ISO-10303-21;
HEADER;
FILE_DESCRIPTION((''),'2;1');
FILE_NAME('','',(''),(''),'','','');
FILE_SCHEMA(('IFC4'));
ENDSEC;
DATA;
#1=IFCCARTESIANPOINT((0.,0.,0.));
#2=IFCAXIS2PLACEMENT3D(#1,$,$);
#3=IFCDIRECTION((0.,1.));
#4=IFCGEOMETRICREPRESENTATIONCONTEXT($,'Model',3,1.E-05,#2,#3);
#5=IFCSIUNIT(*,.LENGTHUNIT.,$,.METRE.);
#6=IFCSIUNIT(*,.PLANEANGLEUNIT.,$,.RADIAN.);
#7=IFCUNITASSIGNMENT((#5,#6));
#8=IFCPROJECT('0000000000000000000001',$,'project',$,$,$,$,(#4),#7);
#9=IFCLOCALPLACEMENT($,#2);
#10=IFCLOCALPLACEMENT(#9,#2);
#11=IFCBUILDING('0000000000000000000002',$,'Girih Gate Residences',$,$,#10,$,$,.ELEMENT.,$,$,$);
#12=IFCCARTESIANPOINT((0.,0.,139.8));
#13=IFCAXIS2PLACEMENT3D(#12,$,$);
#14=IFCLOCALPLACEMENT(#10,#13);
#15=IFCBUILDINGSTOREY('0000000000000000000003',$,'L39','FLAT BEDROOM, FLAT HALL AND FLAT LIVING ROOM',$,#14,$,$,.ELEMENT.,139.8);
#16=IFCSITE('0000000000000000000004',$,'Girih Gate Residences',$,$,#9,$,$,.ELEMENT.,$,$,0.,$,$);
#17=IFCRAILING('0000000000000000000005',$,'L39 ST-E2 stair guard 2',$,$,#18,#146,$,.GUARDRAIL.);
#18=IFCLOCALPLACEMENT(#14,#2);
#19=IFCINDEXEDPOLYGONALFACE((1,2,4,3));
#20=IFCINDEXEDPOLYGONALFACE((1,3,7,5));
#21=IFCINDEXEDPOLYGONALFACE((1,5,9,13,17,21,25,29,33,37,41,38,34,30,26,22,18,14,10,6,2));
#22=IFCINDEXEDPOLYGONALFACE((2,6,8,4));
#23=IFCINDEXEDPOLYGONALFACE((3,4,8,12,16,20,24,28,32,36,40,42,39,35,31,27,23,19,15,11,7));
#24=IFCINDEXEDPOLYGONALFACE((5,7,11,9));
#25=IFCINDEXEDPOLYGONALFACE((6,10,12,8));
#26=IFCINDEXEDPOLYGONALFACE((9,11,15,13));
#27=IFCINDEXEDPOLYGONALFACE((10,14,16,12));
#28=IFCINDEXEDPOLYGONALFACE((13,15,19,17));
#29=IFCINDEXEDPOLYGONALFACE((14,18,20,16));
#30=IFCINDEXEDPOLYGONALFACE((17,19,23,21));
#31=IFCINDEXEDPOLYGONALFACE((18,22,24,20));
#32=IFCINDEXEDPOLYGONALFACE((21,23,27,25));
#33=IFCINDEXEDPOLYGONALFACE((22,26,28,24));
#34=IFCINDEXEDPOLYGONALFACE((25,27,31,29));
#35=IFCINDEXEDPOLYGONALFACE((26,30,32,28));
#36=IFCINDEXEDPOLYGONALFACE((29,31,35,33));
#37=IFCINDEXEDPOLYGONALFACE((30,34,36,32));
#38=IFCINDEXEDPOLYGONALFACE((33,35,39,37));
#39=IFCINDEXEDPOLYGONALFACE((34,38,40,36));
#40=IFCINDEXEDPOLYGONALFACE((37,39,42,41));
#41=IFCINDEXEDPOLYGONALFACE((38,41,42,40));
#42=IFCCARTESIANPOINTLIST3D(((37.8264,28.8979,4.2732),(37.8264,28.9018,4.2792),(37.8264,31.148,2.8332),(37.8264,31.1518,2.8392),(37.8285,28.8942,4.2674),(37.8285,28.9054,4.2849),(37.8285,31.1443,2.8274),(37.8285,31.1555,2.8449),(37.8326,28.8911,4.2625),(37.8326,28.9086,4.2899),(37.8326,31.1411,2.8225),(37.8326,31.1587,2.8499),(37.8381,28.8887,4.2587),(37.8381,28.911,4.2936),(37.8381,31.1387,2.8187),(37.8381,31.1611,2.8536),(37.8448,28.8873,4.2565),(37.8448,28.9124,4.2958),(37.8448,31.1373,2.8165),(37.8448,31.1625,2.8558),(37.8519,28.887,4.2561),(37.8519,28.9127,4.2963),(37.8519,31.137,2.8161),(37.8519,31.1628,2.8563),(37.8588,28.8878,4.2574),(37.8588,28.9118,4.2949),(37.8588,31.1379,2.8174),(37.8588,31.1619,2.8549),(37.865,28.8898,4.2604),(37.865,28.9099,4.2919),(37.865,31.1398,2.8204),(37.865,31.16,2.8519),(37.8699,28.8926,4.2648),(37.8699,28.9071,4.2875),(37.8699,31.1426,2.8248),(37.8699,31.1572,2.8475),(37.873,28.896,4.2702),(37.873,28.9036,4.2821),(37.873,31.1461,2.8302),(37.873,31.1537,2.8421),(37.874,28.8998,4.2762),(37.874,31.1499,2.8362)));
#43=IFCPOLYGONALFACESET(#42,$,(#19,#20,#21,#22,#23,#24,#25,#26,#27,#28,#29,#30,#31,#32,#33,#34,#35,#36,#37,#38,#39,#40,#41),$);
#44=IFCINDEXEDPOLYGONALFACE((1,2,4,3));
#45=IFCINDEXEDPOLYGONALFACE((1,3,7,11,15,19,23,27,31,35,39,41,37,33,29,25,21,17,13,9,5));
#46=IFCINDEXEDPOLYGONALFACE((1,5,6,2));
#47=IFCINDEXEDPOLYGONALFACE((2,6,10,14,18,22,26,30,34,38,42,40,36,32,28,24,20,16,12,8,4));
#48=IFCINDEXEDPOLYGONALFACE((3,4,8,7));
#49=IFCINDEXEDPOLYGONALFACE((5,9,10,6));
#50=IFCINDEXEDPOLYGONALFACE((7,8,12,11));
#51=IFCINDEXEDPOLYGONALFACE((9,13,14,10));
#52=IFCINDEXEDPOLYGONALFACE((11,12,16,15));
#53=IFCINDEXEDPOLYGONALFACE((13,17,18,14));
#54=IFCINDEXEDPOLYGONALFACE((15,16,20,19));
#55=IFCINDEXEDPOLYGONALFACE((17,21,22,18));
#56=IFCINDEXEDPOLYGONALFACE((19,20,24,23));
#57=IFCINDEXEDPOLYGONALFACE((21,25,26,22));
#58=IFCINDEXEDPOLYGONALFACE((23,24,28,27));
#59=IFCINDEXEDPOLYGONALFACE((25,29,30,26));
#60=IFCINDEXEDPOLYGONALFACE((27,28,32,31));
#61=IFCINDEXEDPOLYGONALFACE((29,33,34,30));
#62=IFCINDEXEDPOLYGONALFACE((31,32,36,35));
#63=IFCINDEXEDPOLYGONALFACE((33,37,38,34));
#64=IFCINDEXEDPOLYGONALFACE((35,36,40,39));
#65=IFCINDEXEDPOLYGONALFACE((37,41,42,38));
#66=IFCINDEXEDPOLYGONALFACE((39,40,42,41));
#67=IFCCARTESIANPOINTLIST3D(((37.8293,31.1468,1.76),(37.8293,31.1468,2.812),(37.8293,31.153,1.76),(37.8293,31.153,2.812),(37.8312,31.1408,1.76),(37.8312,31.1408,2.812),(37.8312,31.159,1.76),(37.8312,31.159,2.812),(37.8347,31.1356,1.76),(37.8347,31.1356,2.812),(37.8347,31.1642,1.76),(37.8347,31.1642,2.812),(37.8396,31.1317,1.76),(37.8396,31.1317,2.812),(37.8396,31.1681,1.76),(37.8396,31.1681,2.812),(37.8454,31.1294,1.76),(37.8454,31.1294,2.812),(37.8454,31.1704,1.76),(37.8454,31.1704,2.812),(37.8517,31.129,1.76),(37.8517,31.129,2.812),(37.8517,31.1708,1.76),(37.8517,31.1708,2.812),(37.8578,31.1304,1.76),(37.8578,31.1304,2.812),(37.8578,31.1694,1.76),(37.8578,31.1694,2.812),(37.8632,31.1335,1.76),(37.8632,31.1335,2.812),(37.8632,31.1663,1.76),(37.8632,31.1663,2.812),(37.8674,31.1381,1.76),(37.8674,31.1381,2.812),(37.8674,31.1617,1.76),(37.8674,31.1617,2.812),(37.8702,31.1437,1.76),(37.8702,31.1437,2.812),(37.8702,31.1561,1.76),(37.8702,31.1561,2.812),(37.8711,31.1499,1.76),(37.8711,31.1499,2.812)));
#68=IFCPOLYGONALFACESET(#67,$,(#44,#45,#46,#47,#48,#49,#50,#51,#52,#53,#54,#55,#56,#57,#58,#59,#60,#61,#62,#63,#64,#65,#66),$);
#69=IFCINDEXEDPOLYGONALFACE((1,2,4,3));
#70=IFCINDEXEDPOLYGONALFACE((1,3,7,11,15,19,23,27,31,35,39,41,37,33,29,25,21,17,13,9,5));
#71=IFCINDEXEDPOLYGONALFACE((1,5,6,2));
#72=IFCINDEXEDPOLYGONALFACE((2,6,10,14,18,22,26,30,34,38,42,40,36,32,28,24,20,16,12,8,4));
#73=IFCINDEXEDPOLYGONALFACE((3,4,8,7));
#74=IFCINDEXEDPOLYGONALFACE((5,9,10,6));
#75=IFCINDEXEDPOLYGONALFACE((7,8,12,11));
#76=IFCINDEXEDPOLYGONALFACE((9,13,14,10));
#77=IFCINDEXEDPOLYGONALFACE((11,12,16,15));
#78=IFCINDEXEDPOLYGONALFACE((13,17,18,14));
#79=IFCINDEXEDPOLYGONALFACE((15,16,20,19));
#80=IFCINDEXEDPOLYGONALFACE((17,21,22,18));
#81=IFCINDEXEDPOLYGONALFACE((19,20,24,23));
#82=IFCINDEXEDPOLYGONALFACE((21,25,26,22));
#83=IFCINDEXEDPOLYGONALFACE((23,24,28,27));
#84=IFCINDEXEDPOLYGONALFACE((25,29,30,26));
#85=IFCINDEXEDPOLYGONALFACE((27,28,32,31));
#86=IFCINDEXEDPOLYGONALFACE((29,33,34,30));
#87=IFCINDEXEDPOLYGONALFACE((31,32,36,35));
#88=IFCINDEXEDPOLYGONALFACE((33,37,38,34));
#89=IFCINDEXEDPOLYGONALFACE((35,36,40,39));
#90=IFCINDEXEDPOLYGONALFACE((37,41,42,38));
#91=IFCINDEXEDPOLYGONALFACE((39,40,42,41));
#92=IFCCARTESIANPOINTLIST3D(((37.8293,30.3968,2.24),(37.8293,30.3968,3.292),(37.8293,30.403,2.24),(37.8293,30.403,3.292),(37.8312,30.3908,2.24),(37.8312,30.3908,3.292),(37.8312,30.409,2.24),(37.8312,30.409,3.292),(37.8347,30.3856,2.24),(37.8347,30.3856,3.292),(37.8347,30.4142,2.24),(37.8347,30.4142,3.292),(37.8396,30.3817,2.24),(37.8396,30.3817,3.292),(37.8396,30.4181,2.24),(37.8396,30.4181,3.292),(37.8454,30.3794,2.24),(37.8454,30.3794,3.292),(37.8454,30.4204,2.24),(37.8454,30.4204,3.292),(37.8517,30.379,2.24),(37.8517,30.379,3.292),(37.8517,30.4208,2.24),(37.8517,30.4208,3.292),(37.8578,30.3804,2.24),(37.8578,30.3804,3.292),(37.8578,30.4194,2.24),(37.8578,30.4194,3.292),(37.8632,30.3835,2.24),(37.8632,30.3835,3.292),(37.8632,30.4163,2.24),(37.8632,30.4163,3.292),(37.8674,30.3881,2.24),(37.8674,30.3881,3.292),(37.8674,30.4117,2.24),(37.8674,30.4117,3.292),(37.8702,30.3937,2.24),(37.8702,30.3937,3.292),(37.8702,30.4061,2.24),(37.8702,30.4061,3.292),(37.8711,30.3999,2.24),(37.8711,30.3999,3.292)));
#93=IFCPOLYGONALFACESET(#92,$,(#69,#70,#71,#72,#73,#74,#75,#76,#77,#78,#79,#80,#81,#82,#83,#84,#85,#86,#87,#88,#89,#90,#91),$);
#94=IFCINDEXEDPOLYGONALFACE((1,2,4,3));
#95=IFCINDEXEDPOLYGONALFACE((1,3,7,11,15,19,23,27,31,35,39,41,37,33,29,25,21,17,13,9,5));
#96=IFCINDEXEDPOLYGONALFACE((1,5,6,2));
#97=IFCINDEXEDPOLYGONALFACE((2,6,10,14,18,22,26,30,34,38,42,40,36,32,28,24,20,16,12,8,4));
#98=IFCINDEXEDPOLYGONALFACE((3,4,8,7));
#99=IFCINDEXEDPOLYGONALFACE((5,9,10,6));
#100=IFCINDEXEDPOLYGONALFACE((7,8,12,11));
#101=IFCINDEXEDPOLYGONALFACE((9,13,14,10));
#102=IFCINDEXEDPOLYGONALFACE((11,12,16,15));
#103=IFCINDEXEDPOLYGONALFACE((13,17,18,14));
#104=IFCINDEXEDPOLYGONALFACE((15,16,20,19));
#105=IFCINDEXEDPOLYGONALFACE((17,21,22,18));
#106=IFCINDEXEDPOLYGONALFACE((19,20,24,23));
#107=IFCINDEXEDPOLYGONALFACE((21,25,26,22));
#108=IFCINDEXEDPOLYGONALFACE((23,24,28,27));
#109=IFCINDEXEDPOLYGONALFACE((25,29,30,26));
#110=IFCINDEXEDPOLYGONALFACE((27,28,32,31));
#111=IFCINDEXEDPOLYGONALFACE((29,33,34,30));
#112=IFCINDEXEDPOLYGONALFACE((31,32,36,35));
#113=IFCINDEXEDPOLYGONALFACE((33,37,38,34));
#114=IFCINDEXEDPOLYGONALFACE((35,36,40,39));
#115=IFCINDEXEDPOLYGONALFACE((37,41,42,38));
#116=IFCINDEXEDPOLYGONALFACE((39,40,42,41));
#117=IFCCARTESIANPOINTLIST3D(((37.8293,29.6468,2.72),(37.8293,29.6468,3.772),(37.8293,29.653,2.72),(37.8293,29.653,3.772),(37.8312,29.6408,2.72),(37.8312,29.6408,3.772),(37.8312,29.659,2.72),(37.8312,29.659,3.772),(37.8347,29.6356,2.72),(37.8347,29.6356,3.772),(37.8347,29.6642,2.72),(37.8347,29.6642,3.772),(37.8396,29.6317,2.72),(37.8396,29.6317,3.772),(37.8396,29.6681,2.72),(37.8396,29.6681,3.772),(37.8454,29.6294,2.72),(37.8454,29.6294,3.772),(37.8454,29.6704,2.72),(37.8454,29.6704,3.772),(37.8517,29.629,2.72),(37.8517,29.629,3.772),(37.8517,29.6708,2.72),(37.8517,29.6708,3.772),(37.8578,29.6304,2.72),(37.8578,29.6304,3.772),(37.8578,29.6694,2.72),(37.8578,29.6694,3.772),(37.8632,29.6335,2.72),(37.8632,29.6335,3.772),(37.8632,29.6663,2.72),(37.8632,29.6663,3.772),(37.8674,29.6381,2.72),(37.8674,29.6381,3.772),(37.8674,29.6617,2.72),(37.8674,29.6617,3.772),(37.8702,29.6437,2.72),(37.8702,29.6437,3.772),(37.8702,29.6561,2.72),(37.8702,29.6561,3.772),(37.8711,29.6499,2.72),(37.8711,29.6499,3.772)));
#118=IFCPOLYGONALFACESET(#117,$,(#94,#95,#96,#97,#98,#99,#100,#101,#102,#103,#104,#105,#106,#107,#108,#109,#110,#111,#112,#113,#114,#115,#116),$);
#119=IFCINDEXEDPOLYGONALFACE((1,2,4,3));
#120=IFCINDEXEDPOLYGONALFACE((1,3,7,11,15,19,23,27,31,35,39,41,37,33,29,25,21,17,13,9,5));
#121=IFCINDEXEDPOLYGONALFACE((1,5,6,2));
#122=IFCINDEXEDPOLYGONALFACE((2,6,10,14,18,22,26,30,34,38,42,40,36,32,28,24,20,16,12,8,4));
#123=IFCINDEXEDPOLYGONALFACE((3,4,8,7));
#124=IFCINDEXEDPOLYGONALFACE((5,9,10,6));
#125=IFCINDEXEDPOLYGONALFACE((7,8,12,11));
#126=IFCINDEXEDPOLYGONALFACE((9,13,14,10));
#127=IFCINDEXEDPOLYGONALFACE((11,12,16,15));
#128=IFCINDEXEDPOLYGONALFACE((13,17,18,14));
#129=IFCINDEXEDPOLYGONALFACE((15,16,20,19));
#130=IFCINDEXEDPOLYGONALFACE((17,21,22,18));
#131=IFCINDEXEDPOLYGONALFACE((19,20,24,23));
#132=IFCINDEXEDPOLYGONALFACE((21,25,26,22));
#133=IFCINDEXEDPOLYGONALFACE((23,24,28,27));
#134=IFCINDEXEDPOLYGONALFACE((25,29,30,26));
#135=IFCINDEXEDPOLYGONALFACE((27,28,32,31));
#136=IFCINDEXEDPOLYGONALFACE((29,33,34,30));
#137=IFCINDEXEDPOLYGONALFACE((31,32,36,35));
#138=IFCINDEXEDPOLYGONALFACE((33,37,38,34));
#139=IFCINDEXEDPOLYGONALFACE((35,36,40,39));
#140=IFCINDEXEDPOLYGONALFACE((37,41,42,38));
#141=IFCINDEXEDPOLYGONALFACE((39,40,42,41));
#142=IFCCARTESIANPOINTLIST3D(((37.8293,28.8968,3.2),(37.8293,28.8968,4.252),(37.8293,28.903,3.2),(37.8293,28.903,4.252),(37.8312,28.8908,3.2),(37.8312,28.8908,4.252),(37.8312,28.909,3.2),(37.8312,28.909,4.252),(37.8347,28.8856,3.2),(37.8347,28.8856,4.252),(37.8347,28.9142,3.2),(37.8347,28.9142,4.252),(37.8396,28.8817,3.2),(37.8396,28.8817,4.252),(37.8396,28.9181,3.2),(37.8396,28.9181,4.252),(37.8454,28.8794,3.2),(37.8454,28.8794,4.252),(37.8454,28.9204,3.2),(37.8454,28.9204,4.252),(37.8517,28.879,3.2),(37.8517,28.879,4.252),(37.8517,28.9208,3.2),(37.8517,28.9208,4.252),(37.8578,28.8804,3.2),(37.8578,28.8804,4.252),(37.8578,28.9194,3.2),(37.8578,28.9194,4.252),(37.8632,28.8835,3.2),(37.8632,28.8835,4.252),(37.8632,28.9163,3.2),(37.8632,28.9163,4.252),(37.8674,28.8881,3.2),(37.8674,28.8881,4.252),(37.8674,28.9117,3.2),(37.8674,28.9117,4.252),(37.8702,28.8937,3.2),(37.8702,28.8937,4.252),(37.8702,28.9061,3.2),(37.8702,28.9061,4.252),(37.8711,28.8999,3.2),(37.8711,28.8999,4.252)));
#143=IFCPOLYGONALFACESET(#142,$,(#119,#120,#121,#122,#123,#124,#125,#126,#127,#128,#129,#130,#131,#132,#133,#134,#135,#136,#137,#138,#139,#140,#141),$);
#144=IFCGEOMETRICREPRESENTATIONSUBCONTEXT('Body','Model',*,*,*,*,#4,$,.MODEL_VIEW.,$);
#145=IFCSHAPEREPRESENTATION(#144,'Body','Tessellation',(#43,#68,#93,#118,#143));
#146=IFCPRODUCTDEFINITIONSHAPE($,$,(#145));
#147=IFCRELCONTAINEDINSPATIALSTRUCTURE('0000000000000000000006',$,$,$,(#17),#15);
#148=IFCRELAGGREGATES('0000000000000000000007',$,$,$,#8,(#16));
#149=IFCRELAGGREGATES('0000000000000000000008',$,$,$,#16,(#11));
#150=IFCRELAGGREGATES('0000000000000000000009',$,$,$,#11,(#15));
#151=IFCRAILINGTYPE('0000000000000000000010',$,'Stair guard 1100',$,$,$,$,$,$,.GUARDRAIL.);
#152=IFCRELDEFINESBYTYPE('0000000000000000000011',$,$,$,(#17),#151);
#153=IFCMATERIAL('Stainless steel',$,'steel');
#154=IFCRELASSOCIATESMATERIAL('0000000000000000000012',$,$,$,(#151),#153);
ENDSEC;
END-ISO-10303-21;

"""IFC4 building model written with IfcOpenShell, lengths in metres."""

from ifc_helpers import new_model, si_unit, direction, frame, origin, origin_2d, place, context, subcontext, project, spatial, circle, extrude, material, type_object, element, save


model = new_model("IFC4")

# Units and contexts
model_context = context("Model", 3, precision=1e-05, world=origin(), true_north=direction((0.0, 1.0)))
body_context = subcontext(model_context, "Body", "Model", "MODEL_VIEW")
ifc_project = project(units=[si_unit("LENGTHUNIT", "METRE"), si_unit("PLANEANGLEUNIT", "RADIAN")], contexts=[model_context])

# Site, building, storey
site_placement = place(None, origin())
site = spatial("IfcSite", under=ifc_project, at=site_placement, Name="Girih Gate Residences", CompositionType="ELEMENT", RefElevation=0.0)
building_placement = place(site_placement, origin())
building = spatial("IfcBuilding", under=site, at=building_placement, Name="Girih Gate Residences", CompositionType="ELEMENT")
storey_placement = place(building_placement, frame((0.0, 0.0, 139.8)))
storey = spatial("IfcBuildingStorey", under=building, at=storey_placement, Name="L39", Description="FLAT BEDROOM, FLAT HALL AND FLAT LIVING ROOM", CompositionType="ELEMENT", Elevation=139.8)

# Railing
ifc_material_1 = material(Name="Stainless steel", Category="steel")
railing_type_1 = type_object("IfcRailingType", Name="Stair guard 1100", PredefinedType="GUARDRAIL", material=ifc_material_1)
railing_1_placement = place(storey_placement, frame((37.8501, 31.1499, 1.76)))
element("IfcRailing", 1, at=railing_1_placement, inside=storey, type_object=railing_type_1, Name="L39 ST-E2 stair guard 2", PredefinedType="GUARDRAIL", context=body_context, shape_type="SweptSolid", body=[
    extrude(circle(Radius=0.0239, at=origin_2d()), frame((0.0, 0.0, 1.0762), z_axis=(0.0, -0.842281, 0.539038), x_axis=(1.0, 0.0, 0.0)), (0.0, 0.0, 1.0), 2.6714),
    extrude(circle(Radius=0.021, at=origin_2d()), origin(), (0.0, 0.0, 1.0), 1.052),
    extrude(circle(Radius=0.021, at=origin_2d()), frame((0.0, -0.75, 0.48)), (0.0, 0.0, 1.0), 1.052),
    extrude(circle(Radius=0.021, at=origin_2d()), frame((0.0, -1.5, 0.96)), (0.0, 0.0, 1.0), 1.052),
    extrude(circle(Radius=0.021, at=origin_2d()), frame((0.0, -2.25, 1.4399)), (0.0, 0.0, 1.0), 1.052),
])

save(model, "model.ifc")
